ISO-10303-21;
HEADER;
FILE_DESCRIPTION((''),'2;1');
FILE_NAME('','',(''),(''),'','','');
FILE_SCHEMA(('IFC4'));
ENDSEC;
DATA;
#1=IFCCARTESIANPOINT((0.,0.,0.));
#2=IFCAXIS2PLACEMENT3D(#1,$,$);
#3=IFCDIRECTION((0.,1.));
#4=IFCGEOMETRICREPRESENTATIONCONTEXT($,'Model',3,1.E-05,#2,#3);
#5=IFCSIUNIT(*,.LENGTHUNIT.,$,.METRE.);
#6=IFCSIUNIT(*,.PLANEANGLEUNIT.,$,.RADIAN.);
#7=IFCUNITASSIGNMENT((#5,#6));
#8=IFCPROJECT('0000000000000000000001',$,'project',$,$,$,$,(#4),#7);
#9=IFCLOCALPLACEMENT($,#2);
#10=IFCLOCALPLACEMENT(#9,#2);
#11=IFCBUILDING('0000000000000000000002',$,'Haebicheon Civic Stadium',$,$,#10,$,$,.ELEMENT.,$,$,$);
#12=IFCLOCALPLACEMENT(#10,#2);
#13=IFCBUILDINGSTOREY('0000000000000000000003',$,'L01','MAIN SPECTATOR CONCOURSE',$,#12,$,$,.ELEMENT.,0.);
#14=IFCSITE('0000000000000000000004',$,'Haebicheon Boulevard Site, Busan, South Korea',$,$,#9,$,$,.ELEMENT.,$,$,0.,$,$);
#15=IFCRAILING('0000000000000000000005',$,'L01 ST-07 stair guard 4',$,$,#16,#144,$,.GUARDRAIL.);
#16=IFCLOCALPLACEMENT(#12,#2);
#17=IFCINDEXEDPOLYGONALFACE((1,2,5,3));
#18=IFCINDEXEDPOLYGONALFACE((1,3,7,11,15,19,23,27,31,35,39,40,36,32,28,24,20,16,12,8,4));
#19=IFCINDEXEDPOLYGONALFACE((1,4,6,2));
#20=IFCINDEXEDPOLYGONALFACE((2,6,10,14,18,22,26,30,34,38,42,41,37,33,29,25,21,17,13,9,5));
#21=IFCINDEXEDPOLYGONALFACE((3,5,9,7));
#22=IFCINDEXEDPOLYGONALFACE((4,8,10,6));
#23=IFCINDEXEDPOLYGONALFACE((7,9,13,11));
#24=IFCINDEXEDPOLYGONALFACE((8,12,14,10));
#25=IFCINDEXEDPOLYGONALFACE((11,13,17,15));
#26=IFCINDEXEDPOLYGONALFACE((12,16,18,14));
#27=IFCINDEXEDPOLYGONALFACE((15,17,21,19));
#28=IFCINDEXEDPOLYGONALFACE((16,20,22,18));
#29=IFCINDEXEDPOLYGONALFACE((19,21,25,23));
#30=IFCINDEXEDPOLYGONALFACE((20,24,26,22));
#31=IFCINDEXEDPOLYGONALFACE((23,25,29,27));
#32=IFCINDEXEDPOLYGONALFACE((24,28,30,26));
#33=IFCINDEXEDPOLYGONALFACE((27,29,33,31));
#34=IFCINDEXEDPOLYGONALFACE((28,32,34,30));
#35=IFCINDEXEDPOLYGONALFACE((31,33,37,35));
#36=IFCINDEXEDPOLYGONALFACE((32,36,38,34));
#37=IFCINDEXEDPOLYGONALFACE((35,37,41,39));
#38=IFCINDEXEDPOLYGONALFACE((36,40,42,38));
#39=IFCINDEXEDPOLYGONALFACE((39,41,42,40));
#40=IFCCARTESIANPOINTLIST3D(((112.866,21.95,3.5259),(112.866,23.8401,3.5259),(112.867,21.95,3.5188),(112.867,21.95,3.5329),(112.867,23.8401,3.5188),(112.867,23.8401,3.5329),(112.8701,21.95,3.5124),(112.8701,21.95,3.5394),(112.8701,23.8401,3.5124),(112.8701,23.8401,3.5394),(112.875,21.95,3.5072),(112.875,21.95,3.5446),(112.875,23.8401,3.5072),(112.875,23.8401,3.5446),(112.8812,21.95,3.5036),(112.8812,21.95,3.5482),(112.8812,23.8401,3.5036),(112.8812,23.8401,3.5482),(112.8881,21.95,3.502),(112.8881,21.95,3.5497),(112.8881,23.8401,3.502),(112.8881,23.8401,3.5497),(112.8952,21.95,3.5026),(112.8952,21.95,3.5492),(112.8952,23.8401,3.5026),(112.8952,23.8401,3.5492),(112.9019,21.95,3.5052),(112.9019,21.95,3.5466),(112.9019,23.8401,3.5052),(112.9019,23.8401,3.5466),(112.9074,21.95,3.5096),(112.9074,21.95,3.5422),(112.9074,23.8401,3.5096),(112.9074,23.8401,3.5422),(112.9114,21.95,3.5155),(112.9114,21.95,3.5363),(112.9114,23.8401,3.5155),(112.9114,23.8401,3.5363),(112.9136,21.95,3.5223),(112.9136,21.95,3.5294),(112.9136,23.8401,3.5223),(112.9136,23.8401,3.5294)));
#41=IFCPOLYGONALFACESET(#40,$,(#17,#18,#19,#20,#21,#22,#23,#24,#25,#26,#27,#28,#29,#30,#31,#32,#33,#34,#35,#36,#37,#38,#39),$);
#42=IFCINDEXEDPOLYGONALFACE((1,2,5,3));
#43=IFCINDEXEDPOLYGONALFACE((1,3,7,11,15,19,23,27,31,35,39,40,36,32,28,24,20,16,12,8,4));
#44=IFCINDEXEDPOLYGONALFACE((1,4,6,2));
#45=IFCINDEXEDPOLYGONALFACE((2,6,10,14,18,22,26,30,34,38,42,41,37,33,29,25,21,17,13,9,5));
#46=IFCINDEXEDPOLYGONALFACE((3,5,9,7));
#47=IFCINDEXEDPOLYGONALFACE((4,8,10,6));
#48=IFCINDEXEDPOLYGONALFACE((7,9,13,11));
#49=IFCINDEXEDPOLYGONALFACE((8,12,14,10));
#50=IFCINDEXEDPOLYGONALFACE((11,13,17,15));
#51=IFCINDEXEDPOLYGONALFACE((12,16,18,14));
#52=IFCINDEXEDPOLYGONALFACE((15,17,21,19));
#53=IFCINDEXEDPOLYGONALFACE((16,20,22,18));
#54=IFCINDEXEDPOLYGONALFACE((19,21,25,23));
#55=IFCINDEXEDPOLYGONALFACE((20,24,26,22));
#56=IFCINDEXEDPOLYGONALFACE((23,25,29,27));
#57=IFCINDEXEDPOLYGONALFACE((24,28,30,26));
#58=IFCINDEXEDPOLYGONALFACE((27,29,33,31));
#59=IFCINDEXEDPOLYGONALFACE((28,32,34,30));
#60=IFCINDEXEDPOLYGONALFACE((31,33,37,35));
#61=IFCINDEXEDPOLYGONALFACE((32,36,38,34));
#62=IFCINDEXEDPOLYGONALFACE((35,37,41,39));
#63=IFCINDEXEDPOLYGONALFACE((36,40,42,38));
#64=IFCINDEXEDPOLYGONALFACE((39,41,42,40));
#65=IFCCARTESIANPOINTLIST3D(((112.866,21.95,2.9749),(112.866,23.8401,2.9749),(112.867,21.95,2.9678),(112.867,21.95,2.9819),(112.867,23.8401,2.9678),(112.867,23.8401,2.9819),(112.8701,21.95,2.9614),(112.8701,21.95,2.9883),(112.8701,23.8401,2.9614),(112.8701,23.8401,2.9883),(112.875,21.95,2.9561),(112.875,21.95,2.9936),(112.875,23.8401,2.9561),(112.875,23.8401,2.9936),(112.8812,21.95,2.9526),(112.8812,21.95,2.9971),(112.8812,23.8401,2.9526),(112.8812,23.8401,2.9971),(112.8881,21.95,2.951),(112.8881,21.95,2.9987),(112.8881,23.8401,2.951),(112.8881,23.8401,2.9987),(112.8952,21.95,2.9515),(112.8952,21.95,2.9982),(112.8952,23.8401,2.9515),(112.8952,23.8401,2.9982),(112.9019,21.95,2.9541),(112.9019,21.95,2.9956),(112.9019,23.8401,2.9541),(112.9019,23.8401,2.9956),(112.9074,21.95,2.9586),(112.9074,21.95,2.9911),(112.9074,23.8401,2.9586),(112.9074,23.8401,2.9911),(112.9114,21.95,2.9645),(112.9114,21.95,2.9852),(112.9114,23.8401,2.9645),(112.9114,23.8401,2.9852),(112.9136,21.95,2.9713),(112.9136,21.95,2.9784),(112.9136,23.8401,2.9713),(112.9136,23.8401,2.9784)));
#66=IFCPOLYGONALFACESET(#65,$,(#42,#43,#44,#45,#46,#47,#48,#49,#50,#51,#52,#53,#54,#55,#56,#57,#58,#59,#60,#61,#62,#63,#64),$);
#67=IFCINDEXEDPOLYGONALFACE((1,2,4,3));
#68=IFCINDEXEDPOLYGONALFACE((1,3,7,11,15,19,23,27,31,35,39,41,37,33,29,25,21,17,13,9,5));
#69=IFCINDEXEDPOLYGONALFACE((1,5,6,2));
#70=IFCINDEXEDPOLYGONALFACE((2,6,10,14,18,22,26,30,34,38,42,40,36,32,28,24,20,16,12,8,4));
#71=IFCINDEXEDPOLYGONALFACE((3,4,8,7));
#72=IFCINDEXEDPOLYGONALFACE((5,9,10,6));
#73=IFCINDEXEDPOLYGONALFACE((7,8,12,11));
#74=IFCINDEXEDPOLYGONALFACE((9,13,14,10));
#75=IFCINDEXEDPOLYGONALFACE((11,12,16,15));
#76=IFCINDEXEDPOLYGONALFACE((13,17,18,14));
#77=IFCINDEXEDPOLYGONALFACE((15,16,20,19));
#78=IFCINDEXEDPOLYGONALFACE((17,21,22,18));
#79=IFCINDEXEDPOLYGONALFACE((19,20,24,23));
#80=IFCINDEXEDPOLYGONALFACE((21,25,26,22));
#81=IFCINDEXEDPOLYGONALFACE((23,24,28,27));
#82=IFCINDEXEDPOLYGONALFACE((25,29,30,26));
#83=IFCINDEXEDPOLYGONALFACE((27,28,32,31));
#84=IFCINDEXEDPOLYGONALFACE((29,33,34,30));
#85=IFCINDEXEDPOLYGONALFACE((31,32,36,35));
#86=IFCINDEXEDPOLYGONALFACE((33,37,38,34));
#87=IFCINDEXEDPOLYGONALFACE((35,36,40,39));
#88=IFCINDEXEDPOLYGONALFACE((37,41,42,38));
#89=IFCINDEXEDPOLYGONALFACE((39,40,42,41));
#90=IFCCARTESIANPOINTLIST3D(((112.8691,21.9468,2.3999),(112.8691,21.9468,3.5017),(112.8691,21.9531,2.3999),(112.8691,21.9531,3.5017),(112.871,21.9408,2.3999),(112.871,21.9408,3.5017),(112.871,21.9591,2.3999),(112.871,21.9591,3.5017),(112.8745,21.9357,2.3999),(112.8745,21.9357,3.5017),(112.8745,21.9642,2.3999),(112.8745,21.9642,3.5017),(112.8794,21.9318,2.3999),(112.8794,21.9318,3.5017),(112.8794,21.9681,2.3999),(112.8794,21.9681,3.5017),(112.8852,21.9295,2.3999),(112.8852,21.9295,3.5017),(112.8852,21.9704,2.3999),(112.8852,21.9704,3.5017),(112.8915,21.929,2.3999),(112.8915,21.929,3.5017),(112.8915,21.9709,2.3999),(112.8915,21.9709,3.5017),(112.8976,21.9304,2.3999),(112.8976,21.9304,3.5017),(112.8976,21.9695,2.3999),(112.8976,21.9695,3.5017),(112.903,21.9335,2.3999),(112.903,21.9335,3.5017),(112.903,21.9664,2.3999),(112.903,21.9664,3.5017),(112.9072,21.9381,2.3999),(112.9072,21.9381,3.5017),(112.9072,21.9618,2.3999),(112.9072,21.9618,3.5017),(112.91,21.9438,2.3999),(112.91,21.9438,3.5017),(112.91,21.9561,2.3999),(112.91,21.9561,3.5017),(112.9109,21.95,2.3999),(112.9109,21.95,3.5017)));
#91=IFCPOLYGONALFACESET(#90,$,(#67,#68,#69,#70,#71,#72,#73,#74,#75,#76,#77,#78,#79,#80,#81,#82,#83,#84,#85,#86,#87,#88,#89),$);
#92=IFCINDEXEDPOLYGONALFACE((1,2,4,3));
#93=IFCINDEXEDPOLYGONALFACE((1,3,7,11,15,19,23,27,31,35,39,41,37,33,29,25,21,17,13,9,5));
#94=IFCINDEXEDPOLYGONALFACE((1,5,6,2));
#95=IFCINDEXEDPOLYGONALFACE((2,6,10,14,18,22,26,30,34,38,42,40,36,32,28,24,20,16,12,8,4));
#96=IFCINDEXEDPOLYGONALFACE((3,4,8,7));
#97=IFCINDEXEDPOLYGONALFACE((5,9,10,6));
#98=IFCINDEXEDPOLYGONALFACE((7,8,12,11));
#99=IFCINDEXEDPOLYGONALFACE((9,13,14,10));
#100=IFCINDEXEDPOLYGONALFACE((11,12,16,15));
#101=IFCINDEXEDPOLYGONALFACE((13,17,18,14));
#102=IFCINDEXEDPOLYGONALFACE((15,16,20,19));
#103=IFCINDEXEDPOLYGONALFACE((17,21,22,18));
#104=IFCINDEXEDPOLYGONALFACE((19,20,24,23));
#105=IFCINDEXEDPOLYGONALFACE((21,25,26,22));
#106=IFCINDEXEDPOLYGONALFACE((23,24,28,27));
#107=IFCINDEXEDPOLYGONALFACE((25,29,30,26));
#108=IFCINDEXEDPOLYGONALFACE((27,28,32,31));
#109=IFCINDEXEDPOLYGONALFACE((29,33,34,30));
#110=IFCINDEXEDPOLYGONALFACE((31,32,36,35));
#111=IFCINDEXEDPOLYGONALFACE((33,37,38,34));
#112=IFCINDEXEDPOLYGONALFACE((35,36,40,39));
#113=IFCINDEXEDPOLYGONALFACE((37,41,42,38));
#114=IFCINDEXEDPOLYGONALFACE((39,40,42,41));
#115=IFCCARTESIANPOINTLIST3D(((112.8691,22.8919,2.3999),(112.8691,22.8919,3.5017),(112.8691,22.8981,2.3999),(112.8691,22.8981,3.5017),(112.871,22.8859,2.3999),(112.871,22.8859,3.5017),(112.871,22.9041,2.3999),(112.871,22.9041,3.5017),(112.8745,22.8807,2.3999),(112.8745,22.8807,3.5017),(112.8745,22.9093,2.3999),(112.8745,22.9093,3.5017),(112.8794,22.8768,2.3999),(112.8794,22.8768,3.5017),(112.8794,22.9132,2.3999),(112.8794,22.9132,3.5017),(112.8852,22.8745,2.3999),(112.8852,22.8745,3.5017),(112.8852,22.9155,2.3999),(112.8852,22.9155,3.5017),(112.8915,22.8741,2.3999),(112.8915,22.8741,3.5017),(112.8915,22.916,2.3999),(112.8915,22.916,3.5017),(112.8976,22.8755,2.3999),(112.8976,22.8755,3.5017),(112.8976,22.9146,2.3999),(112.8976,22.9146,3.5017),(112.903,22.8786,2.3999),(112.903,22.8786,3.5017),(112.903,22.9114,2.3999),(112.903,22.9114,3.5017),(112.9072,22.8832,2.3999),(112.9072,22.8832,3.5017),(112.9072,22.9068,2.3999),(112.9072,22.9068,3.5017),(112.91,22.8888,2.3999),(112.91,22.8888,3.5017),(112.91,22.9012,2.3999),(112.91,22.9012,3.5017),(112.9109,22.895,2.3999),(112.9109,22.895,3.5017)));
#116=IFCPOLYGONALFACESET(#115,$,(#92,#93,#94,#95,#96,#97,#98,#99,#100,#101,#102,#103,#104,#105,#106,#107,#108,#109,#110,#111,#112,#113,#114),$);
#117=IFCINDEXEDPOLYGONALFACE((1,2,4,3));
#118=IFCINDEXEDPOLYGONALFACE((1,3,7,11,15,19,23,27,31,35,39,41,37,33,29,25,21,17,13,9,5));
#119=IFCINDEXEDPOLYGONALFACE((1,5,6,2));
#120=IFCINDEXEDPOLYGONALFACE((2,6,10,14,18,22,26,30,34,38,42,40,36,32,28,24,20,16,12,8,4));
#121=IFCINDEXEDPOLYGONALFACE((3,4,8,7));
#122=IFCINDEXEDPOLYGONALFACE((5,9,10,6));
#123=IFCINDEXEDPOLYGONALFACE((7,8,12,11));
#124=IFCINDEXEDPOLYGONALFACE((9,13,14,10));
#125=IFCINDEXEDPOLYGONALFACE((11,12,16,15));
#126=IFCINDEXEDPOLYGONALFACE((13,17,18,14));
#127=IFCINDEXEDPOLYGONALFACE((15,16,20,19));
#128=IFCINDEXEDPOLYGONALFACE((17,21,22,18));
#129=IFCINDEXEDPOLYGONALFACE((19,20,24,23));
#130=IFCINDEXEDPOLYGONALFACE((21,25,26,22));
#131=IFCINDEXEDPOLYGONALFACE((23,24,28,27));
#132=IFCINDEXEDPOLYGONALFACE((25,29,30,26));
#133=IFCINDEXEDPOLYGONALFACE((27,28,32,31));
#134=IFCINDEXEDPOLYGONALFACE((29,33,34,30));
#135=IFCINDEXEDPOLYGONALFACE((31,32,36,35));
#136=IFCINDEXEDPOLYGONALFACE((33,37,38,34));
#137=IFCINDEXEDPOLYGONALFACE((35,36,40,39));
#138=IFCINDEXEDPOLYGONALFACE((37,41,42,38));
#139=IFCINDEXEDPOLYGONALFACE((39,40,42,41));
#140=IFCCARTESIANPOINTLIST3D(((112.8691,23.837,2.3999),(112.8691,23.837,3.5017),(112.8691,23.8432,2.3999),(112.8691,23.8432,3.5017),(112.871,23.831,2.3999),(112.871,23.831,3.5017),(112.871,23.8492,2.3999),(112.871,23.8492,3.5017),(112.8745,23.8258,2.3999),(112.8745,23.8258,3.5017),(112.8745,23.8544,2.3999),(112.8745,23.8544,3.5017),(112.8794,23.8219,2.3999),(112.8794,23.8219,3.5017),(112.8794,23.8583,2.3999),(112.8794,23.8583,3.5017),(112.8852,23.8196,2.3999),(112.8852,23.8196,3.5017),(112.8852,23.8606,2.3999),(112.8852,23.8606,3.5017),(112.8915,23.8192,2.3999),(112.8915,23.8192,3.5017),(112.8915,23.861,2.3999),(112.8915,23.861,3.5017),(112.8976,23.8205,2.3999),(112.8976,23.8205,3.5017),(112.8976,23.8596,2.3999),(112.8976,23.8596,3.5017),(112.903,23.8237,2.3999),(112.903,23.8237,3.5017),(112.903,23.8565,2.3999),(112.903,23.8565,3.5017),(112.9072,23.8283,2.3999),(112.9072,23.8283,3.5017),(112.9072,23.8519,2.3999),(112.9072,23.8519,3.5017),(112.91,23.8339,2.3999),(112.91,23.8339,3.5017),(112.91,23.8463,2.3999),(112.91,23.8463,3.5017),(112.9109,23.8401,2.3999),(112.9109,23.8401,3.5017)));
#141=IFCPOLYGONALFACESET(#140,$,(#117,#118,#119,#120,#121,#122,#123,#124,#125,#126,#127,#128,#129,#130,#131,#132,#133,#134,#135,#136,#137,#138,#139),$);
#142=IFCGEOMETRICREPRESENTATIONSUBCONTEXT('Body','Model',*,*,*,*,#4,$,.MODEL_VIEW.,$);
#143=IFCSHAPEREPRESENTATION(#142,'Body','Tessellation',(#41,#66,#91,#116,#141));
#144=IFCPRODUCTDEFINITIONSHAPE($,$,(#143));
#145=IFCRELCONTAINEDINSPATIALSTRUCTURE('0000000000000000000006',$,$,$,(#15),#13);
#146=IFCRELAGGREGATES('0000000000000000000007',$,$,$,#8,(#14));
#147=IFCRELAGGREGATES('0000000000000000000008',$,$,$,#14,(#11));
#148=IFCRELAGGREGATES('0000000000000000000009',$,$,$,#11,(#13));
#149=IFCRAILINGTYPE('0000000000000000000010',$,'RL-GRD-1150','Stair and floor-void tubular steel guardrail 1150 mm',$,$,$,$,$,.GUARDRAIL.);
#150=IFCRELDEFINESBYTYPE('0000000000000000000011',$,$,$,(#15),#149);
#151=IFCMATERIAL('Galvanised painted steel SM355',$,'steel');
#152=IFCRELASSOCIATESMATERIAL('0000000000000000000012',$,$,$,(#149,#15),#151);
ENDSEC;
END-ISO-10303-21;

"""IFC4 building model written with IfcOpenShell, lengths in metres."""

from ifc_helpers import new_model, si_unit, direction, frame, origin, origin_2d, place, context, subcontext, project, spatial, circle, extrude, material, type_object, element, save


model = new_model("IFC4")

# Units and contexts
model_context = context("Model", 3, precision=1e-05, world=origin(), true_north=direction((0.0, 1.0)))
body_context = subcontext(model_context, "Body", "Model", "MODEL_VIEW")
ifc_project = project(units=[si_unit("LENGTHUNIT", "METRE"), si_unit("PLANEANGLEUNIT", "RADIAN")], contexts=[model_context])

# Site, building, storey
site_placement = place(None, origin())
site = spatial("IfcSite", under=ifc_project, at=site_placement, Name="Haebicheon Boulevard Site, Busan, South Korea", CompositionType="ELEMENT", RefElevation=0.0)
building_placement = place(site_placement, origin())
building = spatial("IfcBuilding", under=site, at=building_placement, Name="Haebicheon Civic Stadium", CompositionType="ELEMENT")
storey_placement = place(building_placement, origin())
storey = spatial("IfcBuildingStorey", under=building, at=storey_placement, Name="L01", Description="MAIN SPECTATOR CONCOURSE", CompositionType="ELEMENT", Elevation=0.0)

# Railing
ifc_material_1 = material(Name="Galvanised painted steel SM355", Category="steel")
railing_type_1 = type_object("IfcRailingType", Name="RL-GRD-1150", Description="Stair and floor-void tubular steel guardrail 1150 mm", PredefinedType="GUARDRAIL", material=ifc_material_1)
railing_1_placement = place(storey_placement, frame((112.8899, 21.95, 2.3999)))
element("IfcRailing", 1, at=railing_1_placement, inside=storey, type_object=railing_type_1, material=ifc_material_1, Name="L01 ST-07 stair guard 4", PredefinedType="GUARDRAIL", context=body_context, shape_type="SweptSolid", body=[
    extrude(circle(Radius=0.0239, at=origin_2d()), frame((0.0, 0.0, 1.126), z_axis=(0.0, 1.0, 0.0), x_axis=(-1.0, 0.0, 0.0)), (0.0, 0.0, 1.0), 1.8901),
    extrude(circle(Radius=0.0239, at=origin_2d()), frame((0.0, 0.0, 0.575), z_axis=(0.0, 1.0, 0.0), x_axis=(-1.0, 0.0, 0.0)), (0.0, 0.0, 1.0), 1.8901),
    extrude(circle(Radius=0.021, at=origin_2d()), origin(), (0.0, 0.0, 1.0), 1.1018),
    extrude(circle(Radius=0.021, at=origin_2d()), frame((0.0, 0.9451, 0.0)), (0.0, 0.0, 1.0), 1.1018),
    extrude(circle(Radius=0.021, at=origin_2d()), frame((0.0, 1.8901, 0.0)), (0.0, 0.0, 1.0), 1.1018),
])

save(model, "model.ifc")
